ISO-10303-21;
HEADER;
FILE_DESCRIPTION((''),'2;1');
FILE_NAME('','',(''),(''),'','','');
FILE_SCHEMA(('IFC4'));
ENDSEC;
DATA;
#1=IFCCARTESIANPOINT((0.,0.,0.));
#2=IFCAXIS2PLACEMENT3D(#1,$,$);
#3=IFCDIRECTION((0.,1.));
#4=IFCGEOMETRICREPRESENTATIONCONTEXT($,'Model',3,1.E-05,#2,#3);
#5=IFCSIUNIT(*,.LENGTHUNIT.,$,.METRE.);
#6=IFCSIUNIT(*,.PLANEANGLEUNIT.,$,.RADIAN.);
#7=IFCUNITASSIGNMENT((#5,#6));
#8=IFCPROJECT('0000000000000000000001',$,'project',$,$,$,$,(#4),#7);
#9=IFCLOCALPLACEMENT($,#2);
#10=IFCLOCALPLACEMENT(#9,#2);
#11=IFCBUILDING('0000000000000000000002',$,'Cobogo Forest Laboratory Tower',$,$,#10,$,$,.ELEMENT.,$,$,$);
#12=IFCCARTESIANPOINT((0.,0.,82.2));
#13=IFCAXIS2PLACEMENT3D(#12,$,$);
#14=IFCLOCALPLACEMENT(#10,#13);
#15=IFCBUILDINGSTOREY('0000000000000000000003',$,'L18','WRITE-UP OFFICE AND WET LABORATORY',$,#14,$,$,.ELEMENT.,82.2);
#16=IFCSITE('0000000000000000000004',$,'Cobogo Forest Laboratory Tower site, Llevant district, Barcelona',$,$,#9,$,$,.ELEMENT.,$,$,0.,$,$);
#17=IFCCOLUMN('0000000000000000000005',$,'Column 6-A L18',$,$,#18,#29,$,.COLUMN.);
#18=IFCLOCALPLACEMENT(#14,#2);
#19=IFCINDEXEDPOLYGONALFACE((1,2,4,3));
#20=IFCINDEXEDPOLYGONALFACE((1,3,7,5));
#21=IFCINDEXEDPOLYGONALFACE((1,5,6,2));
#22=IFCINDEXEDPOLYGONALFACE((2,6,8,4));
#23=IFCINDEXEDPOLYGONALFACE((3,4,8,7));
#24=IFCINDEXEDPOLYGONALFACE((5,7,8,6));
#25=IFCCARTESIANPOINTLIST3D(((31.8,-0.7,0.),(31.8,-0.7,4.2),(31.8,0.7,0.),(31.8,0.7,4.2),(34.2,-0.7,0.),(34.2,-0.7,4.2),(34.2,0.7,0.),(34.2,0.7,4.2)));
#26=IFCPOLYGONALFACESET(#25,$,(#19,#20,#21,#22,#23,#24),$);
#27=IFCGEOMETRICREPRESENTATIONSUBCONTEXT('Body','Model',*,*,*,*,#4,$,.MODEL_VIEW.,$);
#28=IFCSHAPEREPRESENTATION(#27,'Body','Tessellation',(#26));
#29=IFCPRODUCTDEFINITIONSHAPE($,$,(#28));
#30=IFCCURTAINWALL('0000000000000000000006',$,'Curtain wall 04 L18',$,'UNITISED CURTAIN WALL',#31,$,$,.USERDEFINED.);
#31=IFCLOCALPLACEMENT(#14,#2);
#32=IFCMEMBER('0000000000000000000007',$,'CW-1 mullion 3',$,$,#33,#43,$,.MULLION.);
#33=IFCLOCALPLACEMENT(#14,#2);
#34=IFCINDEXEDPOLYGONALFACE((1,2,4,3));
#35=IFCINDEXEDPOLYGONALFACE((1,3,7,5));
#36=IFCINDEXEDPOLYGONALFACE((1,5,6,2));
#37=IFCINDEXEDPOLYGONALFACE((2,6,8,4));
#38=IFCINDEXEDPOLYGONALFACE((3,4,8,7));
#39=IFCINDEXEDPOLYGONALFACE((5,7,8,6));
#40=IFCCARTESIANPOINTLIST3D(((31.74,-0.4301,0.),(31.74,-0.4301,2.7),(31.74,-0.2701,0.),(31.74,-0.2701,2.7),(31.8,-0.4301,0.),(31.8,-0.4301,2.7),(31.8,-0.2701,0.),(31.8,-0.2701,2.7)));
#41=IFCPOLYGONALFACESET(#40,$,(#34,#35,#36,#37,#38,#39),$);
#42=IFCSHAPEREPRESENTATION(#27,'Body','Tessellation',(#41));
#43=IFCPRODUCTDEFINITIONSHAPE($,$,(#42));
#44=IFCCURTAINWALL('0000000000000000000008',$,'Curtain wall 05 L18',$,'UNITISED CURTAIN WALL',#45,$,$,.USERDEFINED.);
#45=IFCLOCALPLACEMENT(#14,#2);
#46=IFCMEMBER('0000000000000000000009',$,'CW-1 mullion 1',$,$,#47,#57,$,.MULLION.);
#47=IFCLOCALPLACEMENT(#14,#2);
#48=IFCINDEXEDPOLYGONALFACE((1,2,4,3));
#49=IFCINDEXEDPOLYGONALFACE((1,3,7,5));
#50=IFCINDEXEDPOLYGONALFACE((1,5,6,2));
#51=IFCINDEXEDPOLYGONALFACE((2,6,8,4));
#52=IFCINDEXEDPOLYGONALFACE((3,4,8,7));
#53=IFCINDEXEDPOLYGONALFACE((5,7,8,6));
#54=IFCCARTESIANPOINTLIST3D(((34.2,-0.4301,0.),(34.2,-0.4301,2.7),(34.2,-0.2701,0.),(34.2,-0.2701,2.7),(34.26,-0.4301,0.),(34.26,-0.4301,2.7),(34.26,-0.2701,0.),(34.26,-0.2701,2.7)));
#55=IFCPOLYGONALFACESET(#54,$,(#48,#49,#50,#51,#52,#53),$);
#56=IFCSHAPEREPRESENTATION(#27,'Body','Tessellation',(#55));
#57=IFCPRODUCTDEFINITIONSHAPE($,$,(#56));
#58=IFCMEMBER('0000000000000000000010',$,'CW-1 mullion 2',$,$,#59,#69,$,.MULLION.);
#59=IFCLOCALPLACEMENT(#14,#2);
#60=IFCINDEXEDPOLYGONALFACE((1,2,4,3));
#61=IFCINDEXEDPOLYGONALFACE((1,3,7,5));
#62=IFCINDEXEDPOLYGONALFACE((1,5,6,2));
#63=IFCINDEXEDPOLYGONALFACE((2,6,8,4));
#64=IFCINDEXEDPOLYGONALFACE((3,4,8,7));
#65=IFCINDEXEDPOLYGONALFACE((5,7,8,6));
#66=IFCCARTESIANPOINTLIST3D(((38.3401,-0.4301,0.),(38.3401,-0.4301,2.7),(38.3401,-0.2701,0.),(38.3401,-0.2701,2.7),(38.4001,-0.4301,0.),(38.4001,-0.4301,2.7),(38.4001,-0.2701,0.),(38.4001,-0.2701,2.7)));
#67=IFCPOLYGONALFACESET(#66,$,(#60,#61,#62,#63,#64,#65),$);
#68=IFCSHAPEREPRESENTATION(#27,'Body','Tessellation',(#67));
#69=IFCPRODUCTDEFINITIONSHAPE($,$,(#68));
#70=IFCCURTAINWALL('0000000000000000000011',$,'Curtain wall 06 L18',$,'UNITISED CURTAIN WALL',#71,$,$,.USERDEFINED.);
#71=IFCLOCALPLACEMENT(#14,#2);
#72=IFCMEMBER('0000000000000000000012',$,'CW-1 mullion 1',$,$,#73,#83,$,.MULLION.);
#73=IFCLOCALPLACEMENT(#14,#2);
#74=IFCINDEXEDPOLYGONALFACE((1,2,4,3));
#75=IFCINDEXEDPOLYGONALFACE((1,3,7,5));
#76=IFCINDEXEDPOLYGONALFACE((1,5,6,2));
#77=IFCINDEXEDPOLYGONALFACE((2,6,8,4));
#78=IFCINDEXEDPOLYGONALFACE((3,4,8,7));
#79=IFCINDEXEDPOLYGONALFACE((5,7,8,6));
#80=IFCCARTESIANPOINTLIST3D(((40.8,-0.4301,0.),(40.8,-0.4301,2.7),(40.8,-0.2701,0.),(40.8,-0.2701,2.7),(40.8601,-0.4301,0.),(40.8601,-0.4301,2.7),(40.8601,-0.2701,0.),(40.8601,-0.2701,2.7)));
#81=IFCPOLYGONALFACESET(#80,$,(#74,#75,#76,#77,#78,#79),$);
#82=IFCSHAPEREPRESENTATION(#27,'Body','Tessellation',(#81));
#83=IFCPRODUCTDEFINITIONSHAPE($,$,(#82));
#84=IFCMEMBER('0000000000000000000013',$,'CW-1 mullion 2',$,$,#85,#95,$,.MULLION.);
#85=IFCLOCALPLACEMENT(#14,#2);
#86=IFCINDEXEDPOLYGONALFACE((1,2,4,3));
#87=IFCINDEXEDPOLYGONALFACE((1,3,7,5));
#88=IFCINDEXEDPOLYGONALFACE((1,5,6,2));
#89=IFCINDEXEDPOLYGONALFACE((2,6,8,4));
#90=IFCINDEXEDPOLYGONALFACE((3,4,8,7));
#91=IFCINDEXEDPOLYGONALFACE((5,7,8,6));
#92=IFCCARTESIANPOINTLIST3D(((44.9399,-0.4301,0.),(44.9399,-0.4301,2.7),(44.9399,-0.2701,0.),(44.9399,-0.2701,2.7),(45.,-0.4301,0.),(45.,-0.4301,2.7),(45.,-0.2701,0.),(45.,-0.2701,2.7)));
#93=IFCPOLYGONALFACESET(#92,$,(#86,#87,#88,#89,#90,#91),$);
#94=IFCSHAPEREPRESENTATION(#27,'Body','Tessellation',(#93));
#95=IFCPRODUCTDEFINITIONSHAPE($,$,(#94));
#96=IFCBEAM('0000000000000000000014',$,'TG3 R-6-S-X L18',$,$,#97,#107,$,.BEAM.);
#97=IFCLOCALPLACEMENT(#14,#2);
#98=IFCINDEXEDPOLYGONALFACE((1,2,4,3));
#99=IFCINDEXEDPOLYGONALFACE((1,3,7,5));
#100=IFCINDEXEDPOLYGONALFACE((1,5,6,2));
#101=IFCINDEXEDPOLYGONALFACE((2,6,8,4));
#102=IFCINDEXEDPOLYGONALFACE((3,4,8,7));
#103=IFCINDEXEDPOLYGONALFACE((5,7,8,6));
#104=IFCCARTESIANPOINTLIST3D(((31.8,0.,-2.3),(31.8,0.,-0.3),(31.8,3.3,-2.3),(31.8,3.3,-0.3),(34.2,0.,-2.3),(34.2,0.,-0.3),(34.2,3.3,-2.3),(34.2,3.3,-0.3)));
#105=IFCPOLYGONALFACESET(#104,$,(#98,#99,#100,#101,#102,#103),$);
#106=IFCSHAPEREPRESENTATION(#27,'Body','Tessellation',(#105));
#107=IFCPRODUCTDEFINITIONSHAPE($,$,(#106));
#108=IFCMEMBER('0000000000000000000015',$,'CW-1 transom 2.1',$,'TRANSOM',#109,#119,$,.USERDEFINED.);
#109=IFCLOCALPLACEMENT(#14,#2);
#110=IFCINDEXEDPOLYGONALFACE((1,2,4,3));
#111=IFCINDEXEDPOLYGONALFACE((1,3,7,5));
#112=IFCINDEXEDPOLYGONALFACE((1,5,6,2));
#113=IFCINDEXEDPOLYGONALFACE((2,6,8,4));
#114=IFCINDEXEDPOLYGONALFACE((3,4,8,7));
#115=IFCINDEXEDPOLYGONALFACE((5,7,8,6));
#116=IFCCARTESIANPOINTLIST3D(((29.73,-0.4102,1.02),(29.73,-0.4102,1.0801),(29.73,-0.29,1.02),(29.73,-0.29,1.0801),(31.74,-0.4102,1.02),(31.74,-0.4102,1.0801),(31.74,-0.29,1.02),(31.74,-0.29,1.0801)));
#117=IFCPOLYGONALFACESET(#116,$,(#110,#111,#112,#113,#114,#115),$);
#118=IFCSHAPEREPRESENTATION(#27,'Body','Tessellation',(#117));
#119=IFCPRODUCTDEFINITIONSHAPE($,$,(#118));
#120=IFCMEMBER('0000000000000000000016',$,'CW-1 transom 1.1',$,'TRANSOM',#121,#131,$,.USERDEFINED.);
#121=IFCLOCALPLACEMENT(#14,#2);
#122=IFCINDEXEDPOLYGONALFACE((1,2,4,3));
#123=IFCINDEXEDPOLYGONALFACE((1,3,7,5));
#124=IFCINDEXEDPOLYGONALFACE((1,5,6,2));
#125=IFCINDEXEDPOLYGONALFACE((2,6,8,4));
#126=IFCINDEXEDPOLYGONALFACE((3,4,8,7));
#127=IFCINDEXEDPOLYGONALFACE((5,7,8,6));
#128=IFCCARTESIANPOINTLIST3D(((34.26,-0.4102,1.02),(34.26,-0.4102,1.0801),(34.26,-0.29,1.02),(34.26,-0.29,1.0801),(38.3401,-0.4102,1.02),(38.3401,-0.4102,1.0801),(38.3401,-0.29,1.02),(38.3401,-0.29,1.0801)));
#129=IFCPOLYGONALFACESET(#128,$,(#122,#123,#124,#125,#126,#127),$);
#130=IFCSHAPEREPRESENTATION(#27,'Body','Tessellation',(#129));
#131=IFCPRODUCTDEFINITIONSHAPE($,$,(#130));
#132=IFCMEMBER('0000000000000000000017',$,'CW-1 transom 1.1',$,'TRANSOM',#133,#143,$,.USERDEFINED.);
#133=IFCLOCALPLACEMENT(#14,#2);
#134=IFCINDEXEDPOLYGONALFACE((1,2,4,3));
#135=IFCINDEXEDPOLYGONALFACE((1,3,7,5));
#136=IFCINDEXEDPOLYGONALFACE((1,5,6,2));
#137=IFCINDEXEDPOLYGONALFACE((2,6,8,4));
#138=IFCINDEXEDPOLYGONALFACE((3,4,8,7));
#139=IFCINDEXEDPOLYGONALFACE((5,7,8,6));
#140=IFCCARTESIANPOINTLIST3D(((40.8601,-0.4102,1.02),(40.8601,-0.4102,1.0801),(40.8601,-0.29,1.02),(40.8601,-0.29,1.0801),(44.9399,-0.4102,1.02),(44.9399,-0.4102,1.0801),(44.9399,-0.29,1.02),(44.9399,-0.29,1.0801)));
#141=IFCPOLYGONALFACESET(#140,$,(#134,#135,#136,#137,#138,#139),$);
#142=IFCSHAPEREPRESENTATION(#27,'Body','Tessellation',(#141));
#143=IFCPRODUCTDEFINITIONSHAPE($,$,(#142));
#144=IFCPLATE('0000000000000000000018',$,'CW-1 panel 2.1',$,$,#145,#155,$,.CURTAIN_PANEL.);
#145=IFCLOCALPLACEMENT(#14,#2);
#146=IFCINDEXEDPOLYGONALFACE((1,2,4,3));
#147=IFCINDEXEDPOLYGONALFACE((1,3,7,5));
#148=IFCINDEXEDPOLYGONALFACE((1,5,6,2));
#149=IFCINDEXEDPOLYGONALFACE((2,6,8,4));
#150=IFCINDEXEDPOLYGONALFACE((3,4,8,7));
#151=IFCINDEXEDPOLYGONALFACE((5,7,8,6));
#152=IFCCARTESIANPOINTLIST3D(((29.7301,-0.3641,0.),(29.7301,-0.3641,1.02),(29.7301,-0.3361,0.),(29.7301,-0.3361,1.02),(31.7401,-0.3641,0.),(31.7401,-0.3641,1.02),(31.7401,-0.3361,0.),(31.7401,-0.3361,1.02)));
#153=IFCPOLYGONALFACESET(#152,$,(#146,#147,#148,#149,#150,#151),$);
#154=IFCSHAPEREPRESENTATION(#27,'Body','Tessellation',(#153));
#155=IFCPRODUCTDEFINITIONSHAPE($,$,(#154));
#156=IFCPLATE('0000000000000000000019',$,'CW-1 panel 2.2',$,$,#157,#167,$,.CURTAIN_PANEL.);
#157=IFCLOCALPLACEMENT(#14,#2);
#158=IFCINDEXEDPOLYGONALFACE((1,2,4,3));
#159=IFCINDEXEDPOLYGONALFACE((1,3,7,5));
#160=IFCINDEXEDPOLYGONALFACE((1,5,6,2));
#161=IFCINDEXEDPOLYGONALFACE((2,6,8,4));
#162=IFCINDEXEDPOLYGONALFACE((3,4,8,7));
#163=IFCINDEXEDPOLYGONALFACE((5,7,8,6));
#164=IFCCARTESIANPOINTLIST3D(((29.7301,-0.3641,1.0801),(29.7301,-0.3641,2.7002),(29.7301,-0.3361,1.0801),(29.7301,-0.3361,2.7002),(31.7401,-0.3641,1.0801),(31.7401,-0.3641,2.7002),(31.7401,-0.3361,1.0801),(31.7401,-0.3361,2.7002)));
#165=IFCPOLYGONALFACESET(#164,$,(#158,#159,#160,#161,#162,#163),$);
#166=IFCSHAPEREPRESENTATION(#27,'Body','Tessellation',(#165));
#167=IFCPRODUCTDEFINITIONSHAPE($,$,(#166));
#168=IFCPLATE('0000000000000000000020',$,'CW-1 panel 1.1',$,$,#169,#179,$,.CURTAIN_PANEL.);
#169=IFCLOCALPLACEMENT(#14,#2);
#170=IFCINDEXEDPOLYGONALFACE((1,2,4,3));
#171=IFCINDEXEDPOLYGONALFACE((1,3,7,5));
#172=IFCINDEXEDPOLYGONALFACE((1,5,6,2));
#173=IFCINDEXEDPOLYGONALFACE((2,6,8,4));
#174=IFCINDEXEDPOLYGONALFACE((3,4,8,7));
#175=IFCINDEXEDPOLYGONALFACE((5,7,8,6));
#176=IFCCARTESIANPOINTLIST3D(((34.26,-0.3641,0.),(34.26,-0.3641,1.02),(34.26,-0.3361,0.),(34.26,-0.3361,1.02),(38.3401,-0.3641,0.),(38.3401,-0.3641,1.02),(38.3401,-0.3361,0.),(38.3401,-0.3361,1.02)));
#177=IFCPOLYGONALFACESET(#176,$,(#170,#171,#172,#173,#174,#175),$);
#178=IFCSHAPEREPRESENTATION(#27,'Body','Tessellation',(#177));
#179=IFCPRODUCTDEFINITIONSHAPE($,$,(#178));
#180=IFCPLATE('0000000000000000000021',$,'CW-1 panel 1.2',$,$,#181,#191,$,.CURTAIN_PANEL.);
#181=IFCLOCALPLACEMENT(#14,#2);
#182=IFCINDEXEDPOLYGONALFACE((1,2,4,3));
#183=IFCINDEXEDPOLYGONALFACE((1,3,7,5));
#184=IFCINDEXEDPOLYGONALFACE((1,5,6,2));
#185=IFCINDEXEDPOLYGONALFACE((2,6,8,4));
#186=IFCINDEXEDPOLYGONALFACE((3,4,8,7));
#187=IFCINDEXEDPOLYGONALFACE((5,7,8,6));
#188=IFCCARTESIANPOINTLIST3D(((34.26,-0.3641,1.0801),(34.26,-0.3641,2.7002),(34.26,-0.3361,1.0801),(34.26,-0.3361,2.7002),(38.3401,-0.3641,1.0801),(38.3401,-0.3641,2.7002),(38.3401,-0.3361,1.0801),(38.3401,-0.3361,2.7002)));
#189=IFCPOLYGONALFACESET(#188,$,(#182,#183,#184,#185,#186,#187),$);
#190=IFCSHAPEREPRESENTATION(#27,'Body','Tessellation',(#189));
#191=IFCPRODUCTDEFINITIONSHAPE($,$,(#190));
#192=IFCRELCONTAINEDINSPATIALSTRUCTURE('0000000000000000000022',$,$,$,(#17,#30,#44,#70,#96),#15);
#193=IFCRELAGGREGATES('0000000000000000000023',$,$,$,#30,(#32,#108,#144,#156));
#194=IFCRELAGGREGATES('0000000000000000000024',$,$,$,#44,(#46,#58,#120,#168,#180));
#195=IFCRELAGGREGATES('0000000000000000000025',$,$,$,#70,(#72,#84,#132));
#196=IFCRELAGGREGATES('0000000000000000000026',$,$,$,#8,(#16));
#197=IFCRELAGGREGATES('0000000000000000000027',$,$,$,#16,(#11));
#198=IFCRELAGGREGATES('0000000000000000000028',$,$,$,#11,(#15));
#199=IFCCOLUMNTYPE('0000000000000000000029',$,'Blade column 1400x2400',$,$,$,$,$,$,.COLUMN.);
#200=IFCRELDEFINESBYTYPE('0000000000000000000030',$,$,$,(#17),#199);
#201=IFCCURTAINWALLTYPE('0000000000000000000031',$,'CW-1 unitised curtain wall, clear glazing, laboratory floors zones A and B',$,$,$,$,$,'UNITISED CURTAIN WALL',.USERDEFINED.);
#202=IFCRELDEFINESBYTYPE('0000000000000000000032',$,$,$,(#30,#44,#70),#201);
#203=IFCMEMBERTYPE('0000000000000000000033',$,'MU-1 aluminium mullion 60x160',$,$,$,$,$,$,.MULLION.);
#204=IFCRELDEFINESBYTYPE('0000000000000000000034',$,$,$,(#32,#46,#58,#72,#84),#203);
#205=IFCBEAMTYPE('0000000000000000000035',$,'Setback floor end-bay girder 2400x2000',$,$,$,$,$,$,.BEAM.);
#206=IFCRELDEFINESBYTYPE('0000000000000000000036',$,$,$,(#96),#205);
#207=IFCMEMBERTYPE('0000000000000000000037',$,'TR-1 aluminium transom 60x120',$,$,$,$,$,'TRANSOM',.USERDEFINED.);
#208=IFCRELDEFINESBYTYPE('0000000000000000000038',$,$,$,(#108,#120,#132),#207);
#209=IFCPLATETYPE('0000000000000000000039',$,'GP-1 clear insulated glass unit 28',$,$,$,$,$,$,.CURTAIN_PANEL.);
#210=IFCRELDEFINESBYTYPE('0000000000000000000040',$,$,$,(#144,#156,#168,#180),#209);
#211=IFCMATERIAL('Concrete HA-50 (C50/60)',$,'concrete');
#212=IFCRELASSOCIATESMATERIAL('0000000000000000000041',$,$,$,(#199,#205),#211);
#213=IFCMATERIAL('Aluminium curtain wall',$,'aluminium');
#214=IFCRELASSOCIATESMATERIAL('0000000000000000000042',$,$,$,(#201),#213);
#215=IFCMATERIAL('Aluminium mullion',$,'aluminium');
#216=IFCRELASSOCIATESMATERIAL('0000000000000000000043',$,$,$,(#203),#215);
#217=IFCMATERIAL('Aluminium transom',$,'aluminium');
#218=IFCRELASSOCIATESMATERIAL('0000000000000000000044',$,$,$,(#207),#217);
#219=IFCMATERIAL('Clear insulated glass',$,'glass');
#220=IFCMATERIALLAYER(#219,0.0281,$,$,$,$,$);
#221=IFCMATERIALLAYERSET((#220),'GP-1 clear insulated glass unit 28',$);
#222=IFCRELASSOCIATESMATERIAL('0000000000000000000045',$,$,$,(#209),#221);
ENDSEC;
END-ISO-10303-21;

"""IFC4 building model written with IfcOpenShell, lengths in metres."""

from ifc_helpers import new_model, si_unit, direction, frame, origin, origin_2d, place, context, subcontext, project, spatial, rectangle, extrude, material, layer, layer_set, material_profile, profile_set, type_object, element, aggregate, save


model = new_model("IFC4")

# Units and contexts
model_context = context("Model", 3, precision=1e-05, world=origin(), true_north=direction((0.0, 1.0)))
body_context = subcontext(model_context, "Body", "Model", "MODEL_VIEW")
ifc_project = project(units=[si_unit("LENGTHUNIT", "METRE"), si_unit("PLANEANGLEUNIT", "RADIAN")], contexts=[model_context])

# Site, building, storey
site_placement = place(None, origin())
site = spatial("IfcSite", under=ifc_project, at=site_placement, Name="Cobogo Forest Laboratory Tower site, Llevant district, Barcelona", CompositionType="ELEMENT", RefElevation=0.0)
building_placement = place(site_placement, origin())
building = spatial("IfcBuilding", under=site, at=building_placement, Name="Cobogo Forest Laboratory Tower", CompositionType="ELEMENT")
storey_placement = place(building_placement, frame((0.0, 0.0, 82.2)))
storey = spatial("IfcBuildingStorey", under=building, at=storey_placement, Name="L18", Description="WRITE-UP OFFICE AND WET LABORATORY", CompositionType="ELEMENT", Elevation=82.2)

# Column
ifc_material_1 = material(Name="Concrete HA-50 (C50/60)", Category="concrete")
ifc_material_profile_1 = material_profile(ifc_material_1, rectangle(XDim=2.3999, YDim=1.3999, at=origin_2d()), Name="RC 1400x2400")
ifc_profile_set_1 = profile_set([ifc_material_profile_1], Name="Concrete HA-50 (C50/60)")
column_type = type_object("IfcColumnType", Name="Blade column 1400x2400", PredefinedType="COLUMN", material=ifc_profile_set_1)
column_placement = place(storey_placement, frame((33.0, 0.0, 0.0), z_axis=(0.0, 0.0, 1.0), x_axis=(1.0, 0.0, 0.0)))
element("IfcColumn", 1, at=column_placement, inside=storey, type_object=column_type, Name="Column 6-A L18", PredefinedType="COLUMN", context=body_context, shape_type="SweptSolid", body=[
    extrude(rectangle(XDim=2.3999, YDim=1.3999, at=origin_2d()), origin(), (0.0, 0.0, 1.0), 4.2),
])

# Curtain wall, member
ifc_material_2 = material(Name="Aluminium curtain wall", Category="aluminium")
curtain_wall_type = type_object("IfcCurtainWallType", Name="CW-1 unitised curtain wall, clear glazing, laboratory floors zones A and B", ElementType="UNITISED CURTAIN WALL", PredefinedType="USERDEFINED", material=ifc_material_2)
curtain_wall_1_placement = place(storey_placement, origin())
curtain_wall_1 = element("IfcCurtainWall", 2, at=curtain_wall_1_placement, inside=storey, type_object=curtain_wall_type, Name="Curtain wall 04 L18", ObjectType="UNITISED CURTAIN WALL", PredefinedType="USERDEFINED")
ifc_material_3 = material(Name="Aluminium mullion", Category="aluminium")
ifc_material_profile_2 = material_profile(ifc_material_3, rectangle(XDim=0.0601, YDim=0.1599, at=origin_2d()), Name="AL 60x160")
ifc_profile_set_2 = profile_set([ifc_material_profile_2], Name="Aluminium mullion")
member_type_1 = type_object("IfcMemberType", Name="MU-1 aluminium mullion 60x160", PredefinedType="MULLION", material=ifc_profile_set_2)
member_1_placement = place(storey_placement, frame((31.77, -0.3501, 0.0), z_axis=(0.0, 0.0, 1.0), x_axis=(1.0, 0.0, 0.0)))
member_1 = element("IfcMember", 3, at=member_1_placement, type_object=member_type_1, Name="CW-1 mullion 3", PredefinedType="MULLION", context=body_context, shape_type="SweptSolid", body=[
    extrude(rectangle(XDim=0.0601, YDim=0.1599, at=origin_2d()), origin(), (0.0, 0.0, 1.0), 2.7),
])

# Curtain walls, members
curtain_wall_2_placement = place(storey_placement, origin())
curtain_wall_2 = element("IfcCurtainWall", 4, at=curtain_wall_2_placement, inside=storey, type_object=curtain_wall_type, Name="Curtain wall 05 L18", ObjectType="UNITISED CURTAIN WALL", PredefinedType="USERDEFINED")
member_2_placement = place(storey_placement, frame((34.23, -0.3501, 0.0), z_axis=(0.0, 0.0, 1.0), x_axis=(1.0, 0.0, 0.0)))
member_2 = element("IfcMember", 5, at=member_2_placement, type_object=member_type_1, Name="CW-1 mullion 1", PredefinedType="MULLION", context=body_context, shape_type="SweptSolid", body=[
    extrude(rectangle(XDim=0.0601, YDim=0.1599, at=origin_2d()), origin(), (0.0, 0.0, 1.0), 2.7),
])
member_3_placement = place(storey_placement, frame((38.3701, -0.3501, 0.0), z_axis=(0.0, 0.0, 1.0), x_axis=(1.0, 0.0, 0.0)))
member_3 = element("IfcMember", 6, at=member_3_placement, type_object=member_type_1, Name="CW-1 mullion 2", PredefinedType="MULLION", context=body_context, shape_type="SweptSolid", body=[
    extrude(rectangle(XDim=0.0601, YDim=0.1599, at=origin_2d()), origin(), (0.0, 0.0, 1.0), 2.7),
])
curtain_wall_3_placement = place(storey_placement, origin())
curtain_wall_3 = element("IfcCurtainWall", 7, at=curtain_wall_3_placement, inside=storey, type_object=curtain_wall_type, Name="Curtain wall 06 L18", ObjectType="UNITISED CURTAIN WALL", PredefinedType="USERDEFINED")
member_4_placement = place(storey_placement, frame((40.8301, -0.3501, 0.0), z_axis=(0.0, 0.0, 1.0), x_axis=(1.0, 0.0, 0.0)))
member_4 = element("IfcMember", 8, at=member_4_placement, type_object=member_type_1, Name="CW-1 mullion 1", PredefinedType="MULLION", context=body_context, shape_type="SweptSolid", body=[
    extrude(rectangle(XDim=0.0601, YDim=0.1599, at=origin_2d()), origin(), (0.0, 0.0, 1.0), 2.7),
])
member_5_placement = place(storey_placement, frame((44.97, -0.3501, 0.0), z_axis=(0.0, 0.0, 1.0), x_axis=(1.0, 0.0, 0.0)))
member_5 = element("IfcMember", 9, at=member_5_placement, type_object=member_type_1, Name="CW-1 mullion 2", PredefinedType="MULLION", context=body_context, shape_type="SweptSolid", body=[
    extrude(rectangle(XDim=0.0601, YDim=0.1599, at=origin_2d()), origin(), (0.0, 0.0, 1.0), 2.7),
])

# Beam
ifc_material_profile_3 = material_profile(ifc_material_1, rectangle(XDim=2.3999, YDim=2.0, at=origin_2d()), Name="RC 2400x2000")
ifc_profile_set_3 = profile_set([ifc_material_profile_3], Name="Concrete HA-50 (C50/60)")
beam_type = type_object("IfcBeamType", Name="Setback floor end-bay girder 2400x2000", PredefinedType="BEAM", material=ifc_profile_set_3)
beam_placement = place(storey_placement, frame((33.0, 0.0, -1.3), z_axis=(0.0, 1.0, 0.0), x_axis=(-1.0, 0.0, 0.0)))
element("IfcBeam", 10, at=beam_placement, inside=storey, type_object=beam_type, Name="TG3 R-6-S-X L18", PredefinedType="BEAM", context=body_context, shape_type="SweptSolid", body=[
    extrude(rectangle(XDim=2.3999, YDim=2.0, at=origin_2d()), origin(), (0.0, 0.0, 1.0), 3.3),
])

# Members
ifc_material_4 = material(Name="Aluminium transom", Category="aluminium")
ifc_material_profile_4 = material_profile(ifc_material_4, rectangle(XDim=0.1201, YDim=0.0601, at=origin_2d()), Name="AL 60x120")
ifc_profile_set_4 = profile_set([ifc_material_profile_4], Name="Aluminium transom")
member_type_2 = type_object("IfcMemberType", Name="TR-1 aluminium transom 60x120", ElementType="TRANSOM", PredefinedType="USERDEFINED", material=ifc_profile_set_4)
member_6_placement = place(storey_placement, frame((29.73, -0.3501, 1.05), z_axis=(1.0, 0.0, 0.0), x_axis=(0.0, 1.0, 0.0)))
member_6 = element("IfcMember", 11, at=member_6_placement, type_object=member_type_2, Name="CW-1 transom 2.1", ObjectType="TRANSOM", PredefinedType="USERDEFINED", context=body_context, shape_type="SweptSolid", body=[
    extrude(rectangle(XDim=0.1201, YDim=0.0601, at=origin_2d()), origin(), (0.0, 0.0, 1.0), 2.01),
])
member_7_placement = place(storey_placement, frame((34.26, -0.3501, 1.05), z_axis=(1.0, 0.0, 0.0), x_axis=(0.0, 1.0, 0.0)))
member_7 = element("IfcMember", 12, at=member_7_placement, type_object=member_type_2, Name="CW-1 transom 1.1", ObjectType="TRANSOM", PredefinedType="USERDEFINED", context=body_context, shape_type="SweptSolid", body=[
    extrude(rectangle(XDim=0.1201, YDim=0.0601, at=origin_2d()), origin(), (0.0, 0.0, 1.0), 4.0801),
])
member_8_placement = place(storey_placement, frame((40.8601, -0.3501, 1.05), z_axis=(1.0, 0.0, 0.0), x_axis=(0.0, 1.0, 0.0)))
member_8 = element("IfcMember", 13, at=member_8_placement, type_object=member_type_2, Name="CW-1 transom 1.1", ObjectType="TRANSOM", PredefinedType="USERDEFINED", context=body_context, shape_type="SweptSolid", body=[
    extrude(rectangle(XDim=0.1201, YDim=0.0601, at=origin_2d()), origin(), (0.0, 0.0, 1.0), 4.0798),
])

# Plates
ifc_material_5 = material(Name="Clear insulated glass", Category="glass")
ifc_layer = layer(ifc_material_5, 0.0281)
ifc_layer_set = layer_set([ifc_layer], Name="GP-1 clear insulated glass unit 28")
plate_type_1 = type_object("IfcPlateType", Name="GP-1 clear insulated glass unit 28", PredefinedType="CURTAIN_PANEL", material=ifc_layer_set)
plate_1_placement = place(storey_placement, frame((30.7351, -0.3501, 0.0), z_axis=(0.0, 0.0, 1.0), x_axis=(1.0, 0.0, 0.0)))
plate_1 = element("IfcPlate", 14, at=plate_1_placement, type_object=plate_type_1, Name="CW-1 panel 2.1", PredefinedType="CURTAIN_PANEL", context=body_context, shape_type="SweptSolid", body=[
    extrude(rectangle(XDim=2.01, YDim=0.0281, at=origin_2d()), origin(), (0.0, 0.0, 1.0), 1.02),
])
plate_2_placement = place(storey_placement, frame((30.7351, -0.3501, 1.0801), z_axis=(0.0, 0.0, 1.0), x_axis=(1.0, 0.0, 0.0)))
plate_2 = element("IfcPlate", 15, at=plate_2_placement, type_object=plate_type_1, Name="CW-1 panel 2.2", PredefinedType="CURTAIN_PANEL", context=body_context, shape_type="SweptSolid", body=[
    extrude(rectangle(XDim=2.01, YDim=0.0281, at=origin_2d()), origin(), (0.0, 0.0, 1.0), 1.6201),
])
aggregate(curtain_wall_1, [member_1, member_6, plate_1, plate_2])
plate_3_placement = place(storey_placement, frame((36.3, -0.3501, 0.0), z_axis=(0.0, 0.0, 1.0), x_axis=(1.0, 0.0, 0.0)))
plate_3 = element("IfcPlate", 16, at=plate_3_placement, type_object=plate_type_1, Name="CW-1 panel 1.1", PredefinedType="CURTAIN_PANEL", context=body_context, shape_type="SweptSolid", body=[
    extrude(rectangle(XDim=4.0801, YDim=0.0281, at=origin_2d()), origin(), (0.0, 0.0, 1.0), 1.02),
])
plate_4_placement = place(storey_placement, frame((36.3, -0.3501, 1.0801), z_axis=(0.0, 0.0, 1.0), x_axis=(1.0, 0.0, 0.0)))
plate_4 = element("IfcPlate", 17, at=plate_4_placement, type_object=plate_type_1, Name="CW-1 panel 1.2", PredefinedType="CURTAIN_PANEL", context=body_context, shape_type="SweptSolid", body=[
    extrude(rectangle(XDim=4.0801, YDim=0.0281, at=origin_2d()), origin(), (0.0, 0.0, 1.0), 1.6201),
])
aggregate(curtain_wall_2, [member_2, member_3, member_7, plate_3, plate_4])
aggregate(curtain_wall_3, [member_4, member_5, member_8])

save(model, "model.ifc")
